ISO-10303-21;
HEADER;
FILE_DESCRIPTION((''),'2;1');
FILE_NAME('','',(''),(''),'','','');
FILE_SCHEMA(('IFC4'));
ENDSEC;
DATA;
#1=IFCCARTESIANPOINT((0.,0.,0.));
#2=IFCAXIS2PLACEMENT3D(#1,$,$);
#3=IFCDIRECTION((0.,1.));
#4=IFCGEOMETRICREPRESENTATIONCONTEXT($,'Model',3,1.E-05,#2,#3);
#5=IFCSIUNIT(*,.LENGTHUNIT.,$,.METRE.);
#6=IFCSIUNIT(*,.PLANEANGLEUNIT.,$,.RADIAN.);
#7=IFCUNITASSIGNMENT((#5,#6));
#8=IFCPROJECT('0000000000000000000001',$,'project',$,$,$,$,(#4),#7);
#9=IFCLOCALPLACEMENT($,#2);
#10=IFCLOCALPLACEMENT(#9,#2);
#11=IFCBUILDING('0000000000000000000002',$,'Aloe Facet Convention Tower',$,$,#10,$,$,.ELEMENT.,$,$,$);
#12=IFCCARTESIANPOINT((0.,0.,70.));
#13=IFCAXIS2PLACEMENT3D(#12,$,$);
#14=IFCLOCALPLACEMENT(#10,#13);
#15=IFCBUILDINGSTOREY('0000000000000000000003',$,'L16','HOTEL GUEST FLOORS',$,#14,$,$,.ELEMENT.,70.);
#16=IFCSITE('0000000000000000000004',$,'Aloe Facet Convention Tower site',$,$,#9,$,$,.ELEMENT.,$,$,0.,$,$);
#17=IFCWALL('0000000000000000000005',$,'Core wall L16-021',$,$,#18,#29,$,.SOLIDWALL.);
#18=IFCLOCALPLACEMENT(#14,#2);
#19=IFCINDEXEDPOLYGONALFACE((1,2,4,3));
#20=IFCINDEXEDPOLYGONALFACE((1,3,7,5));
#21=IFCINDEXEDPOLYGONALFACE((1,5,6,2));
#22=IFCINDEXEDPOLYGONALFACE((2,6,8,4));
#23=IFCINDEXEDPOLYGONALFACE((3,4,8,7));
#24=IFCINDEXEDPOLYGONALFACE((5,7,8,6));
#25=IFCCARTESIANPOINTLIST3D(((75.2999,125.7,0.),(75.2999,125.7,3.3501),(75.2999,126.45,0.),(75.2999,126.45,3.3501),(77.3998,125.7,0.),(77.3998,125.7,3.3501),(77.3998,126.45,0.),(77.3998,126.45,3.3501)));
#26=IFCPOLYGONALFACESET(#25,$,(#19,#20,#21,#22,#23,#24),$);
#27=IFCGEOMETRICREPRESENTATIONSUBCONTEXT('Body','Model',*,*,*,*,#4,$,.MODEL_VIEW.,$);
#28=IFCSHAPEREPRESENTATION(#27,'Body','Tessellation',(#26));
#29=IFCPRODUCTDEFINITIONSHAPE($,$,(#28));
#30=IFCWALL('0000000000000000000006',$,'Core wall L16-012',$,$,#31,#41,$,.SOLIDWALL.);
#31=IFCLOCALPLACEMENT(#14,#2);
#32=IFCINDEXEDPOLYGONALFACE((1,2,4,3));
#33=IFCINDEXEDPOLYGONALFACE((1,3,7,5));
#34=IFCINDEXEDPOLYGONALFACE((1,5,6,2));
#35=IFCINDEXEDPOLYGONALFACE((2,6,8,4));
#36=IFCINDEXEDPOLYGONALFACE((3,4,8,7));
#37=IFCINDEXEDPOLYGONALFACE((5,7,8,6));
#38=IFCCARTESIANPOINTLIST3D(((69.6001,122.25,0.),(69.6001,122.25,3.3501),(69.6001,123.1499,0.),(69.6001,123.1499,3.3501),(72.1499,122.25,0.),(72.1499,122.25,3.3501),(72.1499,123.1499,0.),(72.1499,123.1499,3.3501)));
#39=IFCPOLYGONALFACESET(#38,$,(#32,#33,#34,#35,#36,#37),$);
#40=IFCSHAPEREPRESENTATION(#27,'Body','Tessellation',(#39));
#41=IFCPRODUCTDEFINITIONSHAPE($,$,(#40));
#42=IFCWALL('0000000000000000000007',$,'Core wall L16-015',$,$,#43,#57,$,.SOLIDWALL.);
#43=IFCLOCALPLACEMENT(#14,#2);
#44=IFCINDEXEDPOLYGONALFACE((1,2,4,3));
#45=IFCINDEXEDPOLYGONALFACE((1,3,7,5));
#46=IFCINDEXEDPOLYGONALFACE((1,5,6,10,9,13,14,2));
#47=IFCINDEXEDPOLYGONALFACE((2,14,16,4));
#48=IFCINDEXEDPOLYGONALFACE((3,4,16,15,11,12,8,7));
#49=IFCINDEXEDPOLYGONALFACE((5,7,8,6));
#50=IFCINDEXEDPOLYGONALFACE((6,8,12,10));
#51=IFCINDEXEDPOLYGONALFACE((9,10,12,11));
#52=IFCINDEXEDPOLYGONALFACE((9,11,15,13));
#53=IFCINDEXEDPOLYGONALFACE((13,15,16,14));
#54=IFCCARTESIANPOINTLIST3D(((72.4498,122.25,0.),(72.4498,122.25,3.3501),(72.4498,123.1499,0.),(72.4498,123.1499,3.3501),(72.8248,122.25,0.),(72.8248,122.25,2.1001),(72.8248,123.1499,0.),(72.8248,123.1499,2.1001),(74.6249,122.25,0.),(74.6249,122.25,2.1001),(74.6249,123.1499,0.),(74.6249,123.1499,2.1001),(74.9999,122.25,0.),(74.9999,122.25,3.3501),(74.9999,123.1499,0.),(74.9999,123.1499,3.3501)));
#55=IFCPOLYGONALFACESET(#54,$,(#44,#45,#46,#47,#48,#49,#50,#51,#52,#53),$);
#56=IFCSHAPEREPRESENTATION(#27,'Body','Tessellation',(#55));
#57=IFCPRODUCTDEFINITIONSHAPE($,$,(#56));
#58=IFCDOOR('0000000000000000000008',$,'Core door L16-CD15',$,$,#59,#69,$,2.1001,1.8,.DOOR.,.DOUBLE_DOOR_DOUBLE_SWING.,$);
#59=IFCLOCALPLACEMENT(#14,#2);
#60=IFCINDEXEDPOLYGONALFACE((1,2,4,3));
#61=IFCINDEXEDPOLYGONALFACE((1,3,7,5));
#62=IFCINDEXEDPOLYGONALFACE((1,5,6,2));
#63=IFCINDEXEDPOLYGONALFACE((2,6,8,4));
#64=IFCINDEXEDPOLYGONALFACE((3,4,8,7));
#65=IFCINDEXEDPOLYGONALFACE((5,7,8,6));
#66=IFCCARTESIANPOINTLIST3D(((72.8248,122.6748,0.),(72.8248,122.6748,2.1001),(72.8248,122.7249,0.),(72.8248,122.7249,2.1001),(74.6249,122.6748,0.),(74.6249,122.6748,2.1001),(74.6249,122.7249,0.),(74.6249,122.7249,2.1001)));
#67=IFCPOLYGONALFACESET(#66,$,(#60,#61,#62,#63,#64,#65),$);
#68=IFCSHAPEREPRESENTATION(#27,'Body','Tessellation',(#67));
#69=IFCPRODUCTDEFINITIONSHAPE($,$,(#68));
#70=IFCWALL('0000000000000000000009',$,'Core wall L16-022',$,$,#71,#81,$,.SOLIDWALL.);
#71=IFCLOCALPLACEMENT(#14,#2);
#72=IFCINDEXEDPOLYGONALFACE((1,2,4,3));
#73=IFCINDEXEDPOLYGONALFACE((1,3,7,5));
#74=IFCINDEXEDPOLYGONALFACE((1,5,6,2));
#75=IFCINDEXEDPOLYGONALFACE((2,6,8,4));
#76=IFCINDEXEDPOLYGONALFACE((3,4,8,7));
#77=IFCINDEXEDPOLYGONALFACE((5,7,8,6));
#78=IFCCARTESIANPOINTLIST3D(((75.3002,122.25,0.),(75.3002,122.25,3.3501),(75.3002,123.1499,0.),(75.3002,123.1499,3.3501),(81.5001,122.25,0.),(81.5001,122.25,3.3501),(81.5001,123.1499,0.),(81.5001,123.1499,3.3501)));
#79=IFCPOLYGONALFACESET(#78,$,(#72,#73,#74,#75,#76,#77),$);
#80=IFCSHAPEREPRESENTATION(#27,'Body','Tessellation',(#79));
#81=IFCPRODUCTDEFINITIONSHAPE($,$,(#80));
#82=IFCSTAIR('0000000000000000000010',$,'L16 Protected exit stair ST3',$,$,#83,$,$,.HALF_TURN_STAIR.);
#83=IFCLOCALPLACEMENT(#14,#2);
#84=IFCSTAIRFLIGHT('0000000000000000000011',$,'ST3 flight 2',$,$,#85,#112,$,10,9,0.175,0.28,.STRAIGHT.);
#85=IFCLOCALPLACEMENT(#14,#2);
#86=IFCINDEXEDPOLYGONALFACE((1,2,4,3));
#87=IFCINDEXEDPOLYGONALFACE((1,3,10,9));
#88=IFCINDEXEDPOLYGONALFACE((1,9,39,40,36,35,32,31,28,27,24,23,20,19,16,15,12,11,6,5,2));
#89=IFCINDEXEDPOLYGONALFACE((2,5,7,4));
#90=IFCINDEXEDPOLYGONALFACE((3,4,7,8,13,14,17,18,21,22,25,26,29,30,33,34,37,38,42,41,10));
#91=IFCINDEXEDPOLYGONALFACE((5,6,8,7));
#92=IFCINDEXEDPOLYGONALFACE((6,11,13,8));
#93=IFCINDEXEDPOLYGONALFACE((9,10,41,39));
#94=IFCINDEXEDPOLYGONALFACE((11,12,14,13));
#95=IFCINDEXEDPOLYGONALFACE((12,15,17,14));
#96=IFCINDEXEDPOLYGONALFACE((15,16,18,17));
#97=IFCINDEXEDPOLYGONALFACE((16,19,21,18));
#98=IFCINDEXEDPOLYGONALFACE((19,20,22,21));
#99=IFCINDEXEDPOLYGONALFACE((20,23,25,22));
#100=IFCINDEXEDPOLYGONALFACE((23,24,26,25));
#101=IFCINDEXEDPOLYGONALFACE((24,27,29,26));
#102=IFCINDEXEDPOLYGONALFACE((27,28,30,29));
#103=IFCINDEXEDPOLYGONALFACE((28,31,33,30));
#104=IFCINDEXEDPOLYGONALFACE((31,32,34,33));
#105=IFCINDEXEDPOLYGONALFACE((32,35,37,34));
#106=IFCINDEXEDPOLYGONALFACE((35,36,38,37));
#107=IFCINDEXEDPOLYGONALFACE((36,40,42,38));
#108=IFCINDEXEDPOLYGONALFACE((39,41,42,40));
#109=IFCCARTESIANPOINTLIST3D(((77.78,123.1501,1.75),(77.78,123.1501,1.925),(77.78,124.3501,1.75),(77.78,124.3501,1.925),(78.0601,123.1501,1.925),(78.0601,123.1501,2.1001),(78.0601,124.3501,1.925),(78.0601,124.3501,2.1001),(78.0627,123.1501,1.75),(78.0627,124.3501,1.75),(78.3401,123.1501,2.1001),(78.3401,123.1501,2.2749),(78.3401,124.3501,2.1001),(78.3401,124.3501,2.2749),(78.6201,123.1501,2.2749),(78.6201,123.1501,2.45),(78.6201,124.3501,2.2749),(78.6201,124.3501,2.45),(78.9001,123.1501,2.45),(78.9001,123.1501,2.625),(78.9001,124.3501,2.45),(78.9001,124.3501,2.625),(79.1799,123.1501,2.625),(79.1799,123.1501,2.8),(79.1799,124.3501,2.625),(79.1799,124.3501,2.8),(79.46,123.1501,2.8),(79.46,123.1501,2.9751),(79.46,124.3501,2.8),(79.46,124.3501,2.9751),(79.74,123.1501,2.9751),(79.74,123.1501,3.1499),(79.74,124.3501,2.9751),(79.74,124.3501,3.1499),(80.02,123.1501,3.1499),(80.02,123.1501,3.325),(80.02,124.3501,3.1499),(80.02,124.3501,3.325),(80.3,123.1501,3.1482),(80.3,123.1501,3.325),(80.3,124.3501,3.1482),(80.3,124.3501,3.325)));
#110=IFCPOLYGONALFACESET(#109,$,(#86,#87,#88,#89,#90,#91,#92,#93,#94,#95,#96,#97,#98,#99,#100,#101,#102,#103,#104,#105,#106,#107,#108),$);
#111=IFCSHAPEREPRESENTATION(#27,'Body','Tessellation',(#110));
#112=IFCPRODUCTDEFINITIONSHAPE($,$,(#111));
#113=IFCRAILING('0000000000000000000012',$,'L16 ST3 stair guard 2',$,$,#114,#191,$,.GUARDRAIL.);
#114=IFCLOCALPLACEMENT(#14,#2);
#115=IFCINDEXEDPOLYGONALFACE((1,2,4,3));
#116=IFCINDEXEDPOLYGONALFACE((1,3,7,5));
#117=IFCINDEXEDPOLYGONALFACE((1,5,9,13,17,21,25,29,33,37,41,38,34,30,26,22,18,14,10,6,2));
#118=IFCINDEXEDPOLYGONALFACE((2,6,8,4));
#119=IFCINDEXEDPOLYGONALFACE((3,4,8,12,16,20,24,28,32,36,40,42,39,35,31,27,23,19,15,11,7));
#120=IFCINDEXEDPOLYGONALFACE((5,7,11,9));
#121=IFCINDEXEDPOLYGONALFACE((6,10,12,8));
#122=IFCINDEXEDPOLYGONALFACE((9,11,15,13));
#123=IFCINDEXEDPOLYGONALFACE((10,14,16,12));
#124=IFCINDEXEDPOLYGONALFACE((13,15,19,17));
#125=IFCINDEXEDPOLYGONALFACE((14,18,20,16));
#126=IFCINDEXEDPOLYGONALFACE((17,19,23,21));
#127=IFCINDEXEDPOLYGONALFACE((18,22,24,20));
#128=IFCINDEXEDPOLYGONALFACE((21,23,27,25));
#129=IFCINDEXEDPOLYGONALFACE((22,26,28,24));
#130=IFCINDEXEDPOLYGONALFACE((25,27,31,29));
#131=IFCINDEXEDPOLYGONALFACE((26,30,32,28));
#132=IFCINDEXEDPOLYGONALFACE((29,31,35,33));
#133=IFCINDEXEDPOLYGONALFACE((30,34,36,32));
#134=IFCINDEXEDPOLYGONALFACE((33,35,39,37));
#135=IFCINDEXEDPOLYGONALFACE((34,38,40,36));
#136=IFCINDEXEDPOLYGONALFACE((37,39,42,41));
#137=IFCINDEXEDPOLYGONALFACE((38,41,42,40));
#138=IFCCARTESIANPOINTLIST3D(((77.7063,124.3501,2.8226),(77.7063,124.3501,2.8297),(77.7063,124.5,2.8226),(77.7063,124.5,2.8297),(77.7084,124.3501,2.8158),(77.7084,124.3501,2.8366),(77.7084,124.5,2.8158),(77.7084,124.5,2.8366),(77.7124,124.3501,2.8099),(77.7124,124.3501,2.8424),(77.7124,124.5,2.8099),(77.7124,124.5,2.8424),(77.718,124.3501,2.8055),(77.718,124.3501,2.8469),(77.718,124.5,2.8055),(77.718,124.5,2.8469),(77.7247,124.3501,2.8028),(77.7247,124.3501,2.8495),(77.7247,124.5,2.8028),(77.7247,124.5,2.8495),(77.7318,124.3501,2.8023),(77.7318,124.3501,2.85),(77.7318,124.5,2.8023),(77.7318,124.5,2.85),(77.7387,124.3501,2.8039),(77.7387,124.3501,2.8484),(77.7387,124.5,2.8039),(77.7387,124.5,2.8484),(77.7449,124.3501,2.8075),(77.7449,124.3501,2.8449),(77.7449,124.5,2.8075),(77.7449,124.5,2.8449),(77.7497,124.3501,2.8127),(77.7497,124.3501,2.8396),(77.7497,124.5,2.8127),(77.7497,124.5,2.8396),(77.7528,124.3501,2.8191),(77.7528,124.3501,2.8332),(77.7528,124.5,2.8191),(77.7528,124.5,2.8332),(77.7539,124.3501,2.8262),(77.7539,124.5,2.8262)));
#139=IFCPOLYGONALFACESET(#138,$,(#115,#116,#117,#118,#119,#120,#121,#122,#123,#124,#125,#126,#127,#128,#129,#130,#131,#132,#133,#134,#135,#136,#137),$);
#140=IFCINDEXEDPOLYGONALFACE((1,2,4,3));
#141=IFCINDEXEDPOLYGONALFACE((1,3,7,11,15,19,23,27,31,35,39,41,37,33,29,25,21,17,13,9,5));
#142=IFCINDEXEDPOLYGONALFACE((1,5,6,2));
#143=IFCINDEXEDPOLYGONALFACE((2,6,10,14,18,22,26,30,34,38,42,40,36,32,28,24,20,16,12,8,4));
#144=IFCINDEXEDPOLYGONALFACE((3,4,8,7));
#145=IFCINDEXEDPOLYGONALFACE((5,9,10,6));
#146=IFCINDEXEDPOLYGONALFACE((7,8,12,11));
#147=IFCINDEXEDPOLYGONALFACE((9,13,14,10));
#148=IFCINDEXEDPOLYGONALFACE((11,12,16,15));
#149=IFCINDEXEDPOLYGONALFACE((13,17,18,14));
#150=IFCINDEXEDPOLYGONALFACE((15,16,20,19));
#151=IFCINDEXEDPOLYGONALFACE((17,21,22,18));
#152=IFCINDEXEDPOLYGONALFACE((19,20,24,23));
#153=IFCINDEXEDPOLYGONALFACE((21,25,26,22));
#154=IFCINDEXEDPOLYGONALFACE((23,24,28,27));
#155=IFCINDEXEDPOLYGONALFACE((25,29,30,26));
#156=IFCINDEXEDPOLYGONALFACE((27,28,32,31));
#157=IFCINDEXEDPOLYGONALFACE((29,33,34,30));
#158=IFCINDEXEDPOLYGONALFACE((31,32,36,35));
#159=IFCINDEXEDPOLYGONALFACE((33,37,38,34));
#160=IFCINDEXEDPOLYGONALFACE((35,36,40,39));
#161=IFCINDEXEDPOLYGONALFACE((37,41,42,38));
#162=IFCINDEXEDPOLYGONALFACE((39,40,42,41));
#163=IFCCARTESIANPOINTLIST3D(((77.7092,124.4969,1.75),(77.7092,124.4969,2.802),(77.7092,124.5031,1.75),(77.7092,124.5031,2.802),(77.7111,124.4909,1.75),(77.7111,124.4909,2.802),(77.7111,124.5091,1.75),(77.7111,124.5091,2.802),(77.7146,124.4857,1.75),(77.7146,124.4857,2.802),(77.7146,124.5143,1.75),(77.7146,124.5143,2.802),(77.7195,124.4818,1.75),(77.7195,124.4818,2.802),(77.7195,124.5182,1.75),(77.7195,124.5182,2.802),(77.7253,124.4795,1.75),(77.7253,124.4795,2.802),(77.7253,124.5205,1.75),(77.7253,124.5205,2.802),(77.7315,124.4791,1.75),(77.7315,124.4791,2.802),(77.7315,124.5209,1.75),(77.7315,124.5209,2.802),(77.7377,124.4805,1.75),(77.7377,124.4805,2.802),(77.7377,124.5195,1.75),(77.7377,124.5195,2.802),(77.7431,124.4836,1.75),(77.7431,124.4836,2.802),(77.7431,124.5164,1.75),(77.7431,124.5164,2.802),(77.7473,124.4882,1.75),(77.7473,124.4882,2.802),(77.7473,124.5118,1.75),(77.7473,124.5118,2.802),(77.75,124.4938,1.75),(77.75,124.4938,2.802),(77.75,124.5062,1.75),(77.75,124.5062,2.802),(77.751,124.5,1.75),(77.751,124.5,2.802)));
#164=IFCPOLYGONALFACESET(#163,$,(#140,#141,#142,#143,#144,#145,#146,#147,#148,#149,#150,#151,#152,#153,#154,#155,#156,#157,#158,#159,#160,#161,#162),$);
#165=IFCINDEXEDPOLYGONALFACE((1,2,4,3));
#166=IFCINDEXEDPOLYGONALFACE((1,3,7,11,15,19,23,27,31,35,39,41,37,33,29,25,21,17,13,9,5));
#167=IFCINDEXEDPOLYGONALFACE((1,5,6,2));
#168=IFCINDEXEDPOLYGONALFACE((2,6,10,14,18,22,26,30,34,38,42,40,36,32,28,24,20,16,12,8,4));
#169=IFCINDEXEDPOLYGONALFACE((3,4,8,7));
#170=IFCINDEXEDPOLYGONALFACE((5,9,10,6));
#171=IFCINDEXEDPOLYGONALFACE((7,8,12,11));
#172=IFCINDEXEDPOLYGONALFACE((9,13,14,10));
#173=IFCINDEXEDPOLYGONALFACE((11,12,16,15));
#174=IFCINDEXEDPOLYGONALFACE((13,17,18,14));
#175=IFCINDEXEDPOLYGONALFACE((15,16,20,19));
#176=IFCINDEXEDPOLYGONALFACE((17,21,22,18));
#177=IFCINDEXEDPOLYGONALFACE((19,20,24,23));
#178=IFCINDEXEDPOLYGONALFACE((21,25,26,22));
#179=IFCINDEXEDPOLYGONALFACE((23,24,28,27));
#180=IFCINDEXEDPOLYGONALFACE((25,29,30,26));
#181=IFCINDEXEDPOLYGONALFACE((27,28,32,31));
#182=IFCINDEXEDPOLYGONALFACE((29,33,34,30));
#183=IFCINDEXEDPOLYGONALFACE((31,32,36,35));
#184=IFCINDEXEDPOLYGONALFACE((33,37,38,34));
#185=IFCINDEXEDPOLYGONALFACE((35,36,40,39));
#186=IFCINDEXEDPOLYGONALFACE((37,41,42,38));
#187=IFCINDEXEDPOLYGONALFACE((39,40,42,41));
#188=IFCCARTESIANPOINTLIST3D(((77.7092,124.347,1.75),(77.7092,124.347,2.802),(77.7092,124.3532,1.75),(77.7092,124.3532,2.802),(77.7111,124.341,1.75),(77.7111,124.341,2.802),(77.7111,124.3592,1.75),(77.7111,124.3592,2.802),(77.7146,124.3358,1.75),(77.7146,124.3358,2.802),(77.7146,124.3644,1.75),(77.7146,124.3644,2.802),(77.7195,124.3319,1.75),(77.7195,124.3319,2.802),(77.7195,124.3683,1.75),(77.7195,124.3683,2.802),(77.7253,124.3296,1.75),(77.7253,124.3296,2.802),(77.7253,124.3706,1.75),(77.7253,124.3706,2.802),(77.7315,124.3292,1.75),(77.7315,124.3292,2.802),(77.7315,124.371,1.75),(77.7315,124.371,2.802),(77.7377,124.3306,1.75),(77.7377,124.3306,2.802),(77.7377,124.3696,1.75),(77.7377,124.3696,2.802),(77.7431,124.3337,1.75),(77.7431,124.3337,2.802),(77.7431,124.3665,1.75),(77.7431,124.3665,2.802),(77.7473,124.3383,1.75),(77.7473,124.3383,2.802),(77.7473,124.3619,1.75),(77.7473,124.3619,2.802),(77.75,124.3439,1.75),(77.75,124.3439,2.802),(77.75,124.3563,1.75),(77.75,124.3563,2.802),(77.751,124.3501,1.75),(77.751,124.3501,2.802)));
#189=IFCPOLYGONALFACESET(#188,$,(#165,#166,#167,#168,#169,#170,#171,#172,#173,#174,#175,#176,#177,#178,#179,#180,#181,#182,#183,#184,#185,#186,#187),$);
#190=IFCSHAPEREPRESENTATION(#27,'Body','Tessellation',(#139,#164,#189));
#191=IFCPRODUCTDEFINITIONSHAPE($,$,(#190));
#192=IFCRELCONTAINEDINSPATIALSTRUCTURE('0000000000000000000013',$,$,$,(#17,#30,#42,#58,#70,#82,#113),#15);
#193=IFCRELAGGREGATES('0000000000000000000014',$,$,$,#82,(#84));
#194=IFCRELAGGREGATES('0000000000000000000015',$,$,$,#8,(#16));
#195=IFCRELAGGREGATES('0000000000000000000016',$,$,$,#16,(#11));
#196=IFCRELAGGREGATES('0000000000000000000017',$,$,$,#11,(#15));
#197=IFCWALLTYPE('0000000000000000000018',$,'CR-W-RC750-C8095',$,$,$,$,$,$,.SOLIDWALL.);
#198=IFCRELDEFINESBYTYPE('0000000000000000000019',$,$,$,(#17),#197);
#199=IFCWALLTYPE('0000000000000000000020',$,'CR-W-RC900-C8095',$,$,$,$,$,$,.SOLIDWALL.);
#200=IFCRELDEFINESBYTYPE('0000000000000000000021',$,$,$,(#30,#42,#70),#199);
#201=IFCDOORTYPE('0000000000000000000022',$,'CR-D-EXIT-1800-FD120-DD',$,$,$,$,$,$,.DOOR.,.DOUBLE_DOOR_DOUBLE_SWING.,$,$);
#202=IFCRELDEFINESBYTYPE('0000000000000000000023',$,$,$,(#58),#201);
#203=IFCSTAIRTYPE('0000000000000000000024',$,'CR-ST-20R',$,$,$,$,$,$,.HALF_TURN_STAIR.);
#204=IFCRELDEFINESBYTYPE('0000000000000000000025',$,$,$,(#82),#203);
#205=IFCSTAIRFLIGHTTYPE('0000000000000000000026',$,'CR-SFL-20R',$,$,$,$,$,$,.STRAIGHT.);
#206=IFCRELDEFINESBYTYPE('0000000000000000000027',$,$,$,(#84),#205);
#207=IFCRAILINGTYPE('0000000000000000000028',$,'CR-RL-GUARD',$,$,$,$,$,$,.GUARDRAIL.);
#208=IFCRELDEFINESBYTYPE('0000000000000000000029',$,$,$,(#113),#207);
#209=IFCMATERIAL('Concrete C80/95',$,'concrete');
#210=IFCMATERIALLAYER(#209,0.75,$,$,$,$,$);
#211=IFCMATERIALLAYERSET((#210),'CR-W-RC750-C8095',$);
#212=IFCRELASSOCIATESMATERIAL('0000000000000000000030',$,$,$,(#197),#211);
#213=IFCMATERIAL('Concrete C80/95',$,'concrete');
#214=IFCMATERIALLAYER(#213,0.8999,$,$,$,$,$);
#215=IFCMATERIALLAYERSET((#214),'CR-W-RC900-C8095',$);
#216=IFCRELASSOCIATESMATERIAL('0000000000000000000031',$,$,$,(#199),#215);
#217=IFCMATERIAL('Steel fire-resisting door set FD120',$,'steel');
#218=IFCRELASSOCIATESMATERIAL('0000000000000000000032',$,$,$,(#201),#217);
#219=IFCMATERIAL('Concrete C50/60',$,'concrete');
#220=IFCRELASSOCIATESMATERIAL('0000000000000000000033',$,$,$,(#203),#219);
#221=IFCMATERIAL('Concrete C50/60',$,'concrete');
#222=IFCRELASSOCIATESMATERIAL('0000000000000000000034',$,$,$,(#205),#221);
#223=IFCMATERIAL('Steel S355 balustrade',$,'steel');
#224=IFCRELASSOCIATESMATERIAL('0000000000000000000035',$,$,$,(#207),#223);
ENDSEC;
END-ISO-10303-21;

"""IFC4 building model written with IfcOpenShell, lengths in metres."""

from ifc_helpers import new_model, si_unit, direction, frame, frame_2d, origin, origin_2d, place, context, subcontext, project, spatial, polyline, rectangle, circle, outline, extrude, material, layer, layer_set, type_object, element, fill, aggregate, save


model = new_model("IFC4")

# Units and contexts
model_context = context("Model", 3, precision=1e-05, world=origin(), true_north=direction((0.0, 1.0)))
body_context = subcontext(model_context, "Body", "Model", "MODEL_VIEW")
ifc_project = project(units=[si_unit("LENGTHUNIT", "METRE"), si_unit("PLANEANGLEUNIT", "RADIAN")], contexts=[model_context])

# Site, building, storey
site_placement = place(None, origin())
site = spatial("IfcSite", under=ifc_project, at=site_placement, Name="Aloe Facet Convention Tower site", CompositionType="ELEMENT", RefElevation=0.0)
building_placement = place(site_placement, origin())
building = spatial("IfcBuilding", under=site, at=building_placement, Name="Aloe Facet Convention Tower", CompositionType="ELEMENT")
storey_placement = place(building_placement, frame((0.0, 0.0, 70.0)))
storey = spatial("IfcBuildingStorey", under=building, at=storey_placement, Name="L16", Description="HOTEL GUEST FLOORS", CompositionType="ELEMENT", Elevation=70.0)

# Walls
ifc_material_1 = material(Name="Concrete C80/95", Category="concrete")
ifc_layer_1 = layer(ifc_material_1, 0.75)
ifc_layer_set_1 = layer_set([ifc_layer_1], Name="CR-W-RC750-C8095")
wall_type_1 = type_object("IfcWallType", Name="CR-W-RC750-C8095", PredefinedType="SOLIDWALL", material=ifc_layer_set_1)
wall_1_placement = place(storey_placement, frame((75.3, 126.075, 0.0), z_axis=(0.0, 0.0, 1.0), x_axis=(1.0, 0.0, 0.0)))
element("IfcWall", 1, at=wall_1_placement, inside=storey, type_object=wall_type_1, Name="Core wall L16-021", PredefinedType="SOLIDWALL", context=body_context, shape_type="SweptSolid", body=[
    extrude(rectangle(XDim=2.0999, YDim=0.75, at=frame_2d((1.0498, 0.0))), origin(), (0.0, 0.0, 1.0), 3.3501),
])
ifc_material_2 = material(Name="Concrete C80/95", Category="concrete")
ifc_layer_2 = layer(ifc_material_2, 0.8999)
ifc_layer_set_2 = layer_set([ifc_layer_2], Name="CR-W-RC900-C8095")
wall_type_2 = type_object("IfcWallType", Name="CR-W-RC900-C8095", PredefinedType="SOLIDWALL", material=ifc_layer_set_2)
wall_2_placement = place(storey_placement, frame((69.6001, 122.7, 0.0), z_axis=(0.0, 0.0, 1.0), x_axis=(1.0, 0.0, 0.0)))
element("IfcWall", 2, at=wall_2_placement, inside=storey, type_object=wall_type_2, Name="Core wall L16-012", PredefinedType="SOLIDWALL", context=body_context, shape_type="SweptSolid", body=[
    extrude(rectangle(XDim=2.5498, YDim=0.8999, at=frame_2d((1.2749, 0.0))), origin(), (0.0, 0.0, 1.0), 3.3501),
])

# Wall, opening, door
wall_3_placement = place(storey_placement, frame((72.45, 122.7, 0.0), z_axis=(0.0, 0.0, 1.0), x_axis=(1.0, 0.0, 0.0)))
wall_3 = element("IfcWall", 3, at=wall_3_placement, inside=storey, type_object=wall_type_2, Name="Core wall L16-015", PredefinedType="SOLIDWALL", context=body_context, shape_type="SweptSolid", body=[
    extrude(rectangle(XDim=2.55, YDim=0.8999, at=frame_2d((1.2749, 0.0))), origin(), (0.0, 0.0, 1.0), 3.3501),
])
opening_placement = place(wall_3_placement, frame((0.375, 0.0, 0.0)))
opening = element("IfcOpeningElement", 4, at=opening_placement, cuts=wall_3, PredefinedType="OPENING", context=body_context, shape_type="SweptSolid", body=[
    extrude(rectangle(XDim=1.8, YDim=2.1001, at=frame_2d((0.8999, 1.05))), frame((0.0, 0.46, 0.0), z_axis=(0.0, -1.0, 0.0), x_axis=(1.0, 0.0, 0.0)), (0.0, 0.0, 1.0), 0.9199),
])
ifc_material_3 = material(Name="Steel fire-resisting door set FD120", Category="steel")
door_type = type_object("IfcDoorType", Name="CR-D-EXIT-1800-FD120-DD", OperationType="DOUBLE_DOOR_DOUBLE_SWING", PredefinedType="DOOR", material=ifc_material_3)
door_placement = place(opening_placement, origin())
door = element("IfcDoor", 5, at=door_placement, inside=storey, type_object=door_type, Name="Core door L16-CD15", OperationType="DOUBLE_DOOR_DOUBLE_SWING", OverallHeight=2.1001, OverallWidth=1.8, PredefinedType="DOOR", context=body_context, shape_type="SweptSolid", body=[
    extrude(rectangle(XDim=1.8, YDim=2.1001, at=frame_2d((0.8999, 1.05))), frame((0.0, 0.0249, 0.0), z_axis=(0.0, -1.0, 0.0), x_axis=(1.0, 0.0, 0.0)), (0.0, 0.0, 1.0), 0.05),
])
fill(opening, door)

# Wall
wall_4_placement = place(storey_placement, frame((75.3, 122.7, 0.0), z_axis=(0.0, 0.0, 1.0), x_axis=(1.0, 0.0, 0.0)))
element("IfcWall", 6, at=wall_4_placement, inside=storey, type_object=wall_type_2, Name="Core wall L16-022", PredefinedType="SOLIDWALL", context=body_context, shape_type="SweptSolid", body=[
    extrude(rectangle(XDim=6.2, YDim=0.8999, at=frame_2d((3.1001, 0.0))), origin(), (0.0, 0.0, 1.0), 3.3501),
])

# Stair, stair flight
ifc_material_4 = material(Name="Concrete C50/60", Category="concrete")
stair_type = type_object("IfcStairType", Name="CR-ST-20R", PredefinedType="HALF_TURN_STAIR", material=ifc_material_4)
stair_placement = place(storey_placement, origin())
stair = element("IfcStair", 7, at=stair_placement, inside=storey, type_object=stair_type, Name="L16 Protected exit stair ST3", PredefinedType="HALF_TURN_STAIR")
ifc_material_5 = material(Name="Concrete C50/60", Category="concrete")
stair_flight_type = type_object("IfcStairFlightType", Name="CR-SFL-20R", PredefinedType="STRAIGHT", material=ifc_material_5)
stair_flight_placement = place(storey_placement, frame((77.78, 123.75, 1.75), z_axis=(0.0, 0.0, 1.0), x_axis=(1.0, 0.0, 0.0)))
stair_flight = element("IfcStairFlight", 8, at=stair_flight_placement, type_object=stair_flight_type, Name="ST3 flight 2", NumberOfRisers=10, NumberOfTreads=9, PredefinedType="STRAIGHT", RiserHeight=0.175, TreadLength=0.28, context=body_context, shape_type="SweptSolid", body=[
    extrude(outline(polyline([(0.0, 0.0), (0.0, 0.175), (0.28, 0.175), (0.28, 0.3501), (0.5601, 0.3501), (0.5601, 0.5249), (0.8401, 0.5249), (0.8401, 0.7), (1.1201, 0.7), (1.1201, 0.875), (1.3999, 0.875), (1.3999, 1.05), (1.6799, 1.05), (1.6799, 1.2251), (1.96, 1.2251), (1.96, 1.3999), (2.24, 1.3999), (2.24, 1.575), (2.52, 1.575), (2.52, 1.75), (2.52, 1.3982), (0.2827, 0.0), (0.0, 0.0)])), frame((0.0, 0.6001, 0.0), z_axis=(0.0, -1.0, 0.0), x_axis=(1.0, 0.0, 0.0)), (0.0, 0.0, 1.0), 1.2),
])
aggregate(stair, [stair_flight])

# Railing
ifc_material_6 = material(Name="Steel S355 balustrade", Category="steel")
railing_type_1 = type_object("IfcRailingType", Name="CR-RL-GUARD", PredefinedType="GUARDRAIL", material=ifc_material_6)
railing_1_placement = place(storey_placement, frame((77.73, 124.5, 1.75)))
element("IfcRailing", 9, at=railing_1_placement, inside=storey, type_object=railing_type_1, Name="L16 ST3 stair guard 2", PredefinedType="GUARDRAIL", context=body_context, shape_type="SweptSolid", body=[
    extrude(circle(Radius=0.0239, at=origin_2d()), frame((0.0, 0.0, 1.0762), z_axis=(0.0, -1.0, 0.0), x_axis=(1.0, 0.0, 0.0)), (0.0, 0.0, 1.0), 0.1499),
    extrude(circle(Radius=0.021, at=origin_2d()), origin(), (0.0, 0.0, 1.0), 1.052),
    extrude(circle(Radius=0.021, at=origin_2d()), frame((0.0, -0.1499, 0.0)), (0.0, 0.0, 1.0), 1.052),
])

save(model, "model.ifc")
